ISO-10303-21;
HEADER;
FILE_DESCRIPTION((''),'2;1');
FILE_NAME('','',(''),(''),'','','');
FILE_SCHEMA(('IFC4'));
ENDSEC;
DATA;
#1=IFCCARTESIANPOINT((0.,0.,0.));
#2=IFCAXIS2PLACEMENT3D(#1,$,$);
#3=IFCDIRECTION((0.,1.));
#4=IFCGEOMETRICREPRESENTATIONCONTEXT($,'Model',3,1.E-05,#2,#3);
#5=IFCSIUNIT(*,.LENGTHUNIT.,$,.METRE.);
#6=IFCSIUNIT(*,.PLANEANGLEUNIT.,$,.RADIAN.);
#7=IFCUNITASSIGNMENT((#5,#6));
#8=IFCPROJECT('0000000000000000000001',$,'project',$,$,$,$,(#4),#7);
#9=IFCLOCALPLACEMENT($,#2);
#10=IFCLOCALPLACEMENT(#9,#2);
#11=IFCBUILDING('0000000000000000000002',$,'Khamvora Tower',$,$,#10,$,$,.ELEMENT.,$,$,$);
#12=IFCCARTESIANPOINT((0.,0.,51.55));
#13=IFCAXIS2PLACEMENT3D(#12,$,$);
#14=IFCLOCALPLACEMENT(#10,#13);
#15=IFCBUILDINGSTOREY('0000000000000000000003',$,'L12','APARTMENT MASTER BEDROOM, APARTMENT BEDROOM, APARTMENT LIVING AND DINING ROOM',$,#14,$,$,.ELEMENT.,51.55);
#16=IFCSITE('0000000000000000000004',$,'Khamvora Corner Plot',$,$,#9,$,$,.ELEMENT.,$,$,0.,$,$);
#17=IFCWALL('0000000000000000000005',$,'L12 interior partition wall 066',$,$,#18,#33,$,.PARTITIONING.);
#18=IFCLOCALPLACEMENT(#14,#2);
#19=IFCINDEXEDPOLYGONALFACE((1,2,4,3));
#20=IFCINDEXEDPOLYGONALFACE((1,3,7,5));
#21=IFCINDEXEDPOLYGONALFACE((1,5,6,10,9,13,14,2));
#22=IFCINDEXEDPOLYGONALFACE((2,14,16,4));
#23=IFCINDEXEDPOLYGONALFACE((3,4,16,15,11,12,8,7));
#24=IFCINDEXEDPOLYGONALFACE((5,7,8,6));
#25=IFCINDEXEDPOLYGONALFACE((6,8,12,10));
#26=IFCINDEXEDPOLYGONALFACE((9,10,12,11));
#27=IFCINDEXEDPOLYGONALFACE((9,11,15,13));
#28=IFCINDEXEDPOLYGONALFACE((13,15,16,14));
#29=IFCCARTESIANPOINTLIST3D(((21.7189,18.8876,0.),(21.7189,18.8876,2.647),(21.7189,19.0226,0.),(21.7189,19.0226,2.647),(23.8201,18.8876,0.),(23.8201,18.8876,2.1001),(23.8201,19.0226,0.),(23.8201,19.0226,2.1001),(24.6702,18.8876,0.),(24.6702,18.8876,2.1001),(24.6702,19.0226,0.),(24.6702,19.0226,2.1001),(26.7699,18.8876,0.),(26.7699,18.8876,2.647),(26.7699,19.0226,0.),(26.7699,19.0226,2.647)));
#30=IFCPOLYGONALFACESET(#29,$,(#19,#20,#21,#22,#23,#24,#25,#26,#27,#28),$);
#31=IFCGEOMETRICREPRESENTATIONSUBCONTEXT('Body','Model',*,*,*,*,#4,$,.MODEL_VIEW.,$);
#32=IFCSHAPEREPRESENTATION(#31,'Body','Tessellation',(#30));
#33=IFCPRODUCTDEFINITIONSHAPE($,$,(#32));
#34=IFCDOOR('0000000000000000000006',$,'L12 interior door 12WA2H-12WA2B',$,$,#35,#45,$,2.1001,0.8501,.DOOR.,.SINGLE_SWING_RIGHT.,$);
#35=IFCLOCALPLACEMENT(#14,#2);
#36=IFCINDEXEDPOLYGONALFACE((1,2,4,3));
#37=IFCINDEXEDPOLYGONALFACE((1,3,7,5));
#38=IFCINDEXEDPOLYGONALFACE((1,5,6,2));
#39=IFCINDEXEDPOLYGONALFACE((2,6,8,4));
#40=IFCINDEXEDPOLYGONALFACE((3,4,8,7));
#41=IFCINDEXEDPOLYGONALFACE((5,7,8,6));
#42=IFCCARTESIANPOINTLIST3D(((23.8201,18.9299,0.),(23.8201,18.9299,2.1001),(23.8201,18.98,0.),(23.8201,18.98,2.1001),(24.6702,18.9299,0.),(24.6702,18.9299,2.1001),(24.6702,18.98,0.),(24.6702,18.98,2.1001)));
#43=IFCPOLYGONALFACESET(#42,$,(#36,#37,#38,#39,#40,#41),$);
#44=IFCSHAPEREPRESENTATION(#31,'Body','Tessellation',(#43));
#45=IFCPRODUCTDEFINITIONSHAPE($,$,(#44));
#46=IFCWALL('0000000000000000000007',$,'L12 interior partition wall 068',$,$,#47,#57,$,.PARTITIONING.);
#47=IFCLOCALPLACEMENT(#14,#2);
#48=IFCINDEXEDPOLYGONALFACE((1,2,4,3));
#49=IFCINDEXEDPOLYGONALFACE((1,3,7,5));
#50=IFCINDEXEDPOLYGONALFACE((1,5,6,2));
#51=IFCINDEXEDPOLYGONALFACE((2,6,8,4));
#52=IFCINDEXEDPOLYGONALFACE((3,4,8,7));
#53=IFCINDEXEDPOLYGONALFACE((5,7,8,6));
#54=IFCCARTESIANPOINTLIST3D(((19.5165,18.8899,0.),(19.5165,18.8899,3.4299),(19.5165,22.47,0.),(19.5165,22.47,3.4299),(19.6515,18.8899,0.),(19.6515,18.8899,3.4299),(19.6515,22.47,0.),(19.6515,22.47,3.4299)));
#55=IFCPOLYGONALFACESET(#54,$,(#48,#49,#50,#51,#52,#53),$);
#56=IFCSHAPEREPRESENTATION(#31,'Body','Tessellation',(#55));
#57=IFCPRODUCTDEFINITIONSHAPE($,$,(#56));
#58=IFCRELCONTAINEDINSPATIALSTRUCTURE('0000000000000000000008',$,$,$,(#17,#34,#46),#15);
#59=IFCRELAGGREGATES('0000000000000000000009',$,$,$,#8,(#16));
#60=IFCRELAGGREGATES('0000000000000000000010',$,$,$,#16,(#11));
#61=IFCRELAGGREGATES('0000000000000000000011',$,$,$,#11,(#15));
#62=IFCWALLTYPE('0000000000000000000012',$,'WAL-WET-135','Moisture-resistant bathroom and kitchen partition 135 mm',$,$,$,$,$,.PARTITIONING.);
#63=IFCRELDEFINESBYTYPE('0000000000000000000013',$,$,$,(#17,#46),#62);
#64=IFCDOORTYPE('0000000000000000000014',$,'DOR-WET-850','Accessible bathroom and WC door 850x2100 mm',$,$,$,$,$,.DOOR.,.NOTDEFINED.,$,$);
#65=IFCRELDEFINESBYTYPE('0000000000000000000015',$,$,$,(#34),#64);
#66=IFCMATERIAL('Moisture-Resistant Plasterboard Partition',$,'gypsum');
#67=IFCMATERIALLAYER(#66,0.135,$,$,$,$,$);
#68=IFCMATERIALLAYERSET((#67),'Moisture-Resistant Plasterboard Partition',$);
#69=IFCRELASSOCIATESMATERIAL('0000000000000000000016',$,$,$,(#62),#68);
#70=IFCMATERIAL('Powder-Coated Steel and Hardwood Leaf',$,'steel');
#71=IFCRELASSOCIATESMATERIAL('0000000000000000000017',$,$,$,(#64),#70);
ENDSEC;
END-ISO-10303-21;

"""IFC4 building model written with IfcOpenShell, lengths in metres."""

from ifc_helpers import new_model, si_unit, direction, frame, frame_2d, origin, place, context, subcontext, project, spatial, rectangle, extrude, material, layer, layer_set, type_object, element, fill, save


model = new_model("IFC4")

# Units and contexts
model_context = context("Model", 3, precision=1e-05, world=origin(), true_north=direction((0.0, 1.0)))
body_context = subcontext(model_context, "Body", "Model", "MODEL_VIEW")
ifc_project = project(units=[si_unit("LENGTHUNIT", "METRE"), si_unit("PLANEANGLEUNIT", "RADIAN")], contexts=[model_context])

# Site, building, storey
site_placement = place(None, origin())
site = spatial("IfcSite", under=ifc_project, at=site_placement, Name="Khamvora Corner Plot", CompositionType="ELEMENT", RefElevation=0.0)
building_placement = place(site_placement, origin())
building = spatial("IfcBuilding", under=site, at=building_placement, Name="Khamvora Tower", CompositionType="ELEMENT")
storey_placement = place(building_placement, frame((0.0, 0.0, 51.55)))
storey = spatial("IfcBuildingStorey", under=building, at=storey_placement, Name="L12", Description="APARTMENT MASTER BEDROOM, APARTMENT BEDROOM, APARTMENT LIVING AND DINING ROOM", CompositionType="ELEMENT", Elevation=51.55)

# Shared definitions
ifc_material_1 = material(Name="Powder-Coated Steel and Hardwood Leaf", Category="steel")

# Shared definitions
ifc_material_2 = material(Name="Moisture-Resistant Plasterboard Partition", Category="gypsum")
ifc_layer_1 = layer(ifc_material_2, 0.135)
ifc_layer_set_1 = layer_set([ifc_layer_1], Name="Moisture-Resistant Plasterboard Partition")
wall_type_1 = type_object("IfcWallType", Name="WAL-WET-135", Description="Moisture-resistant bathroom and kitchen partition 135 mm", PredefinedType="PARTITIONING", material=ifc_layer_set_1)

# Wall, opening, door
wall_1_placement = place(storey_placement, frame((21.719, 18.9551, 0.0), z_axis=(0.0, 0.0, 1.0), x_axis=(1.0, 0.0, 0.0)))
wall_1 = element("IfcWall", 1, at=wall_1_placement, inside=storey, type_object=wall_type_1, Name="L12 interior partition wall 066", PredefinedType="PARTITIONING", context=body_context, shape_type="SweptSolid", body=[
    extrude(rectangle(XDim=5.051, YDim=0.135, at=frame_2d((2.5254, 0.0))), origin(), (0.0, 0.0, 1.0), 2.647),
])
opening_1_placement = place(wall_1_placement, frame((2.1011, 0.0, 0.0)))
opening_1 = element("IfcOpeningElement", 2, at=opening_1_placement, cuts=wall_1, PredefinedType="OPENING", context=body_context, shape_type="SweptSolid", body=[
    extrude(rectangle(XDim=0.8501, YDim=2.1001, at=frame_2d((0.425, 1.05))), frame((0.0, 0.0774, 0.0), z_axis=(0.0, -1.0, 0.0), x_axis=(1.0, 0.0, 0.0)), (0.0, 0.0, 1.0), 0.155),
])
door_type_1 = type_object("IfcDoorType", Name="DOR-WET-850", Description="Accessible bathroom and WC door 850x2100 mm", OperationType="NOTDEFINED", PredefinedType="DOOR", material=ifc_material_1)
door_1_placement = place(opening_1_placement, origin())
door_1 = element("IfcDoor", 3, at=door_1_placement, inside=storey, type_object=door_type_1, Name="L12 interior door 12WA2H-12WA2B", OperationType="SINGLE_SWING_RIGHT", OverallHeight=2.1001, OverallWidth=0.8501, PredefinedType="DOOR", context=body_context, shape_type="SweptSolid", body=[
    extrude(rectangle(XDim=0.8501, YDim=2.1001, at=frame_2d((0.425, 1.05))), frame((0.0, 0.0249, 0.0), z_axis=(0.0, -1.0, 0.0), x_axis=(1.0, 0.0, 0.0)), (0.0, 0.0, 1.0), 0.05),
])
fill(opening_1, door_1)

# Wall
wall_2_placement = place(storey_placement, frame((19.584, 18.8899, 0.0), z_axis=(0.0, 0.0, 1.0), x_axis=(0.0, 1.0, 0.0)))
element("IfcWall", 4, at=wall_2_placement, inside=storey, type_object=wall_type_1, Name="L12 interior partition wall 068", PredefinedType="PARTITIONING", context=body_context, shape_type="SweptSolid", body=[
    extrude(rectangle(XDim=3.5801, YDim=0.135, at=frame_2d((1.79, 0.0))), origin(), (0.0, 0.0, 1.0), 3.4299),
])

save(model, "model.ifc")
